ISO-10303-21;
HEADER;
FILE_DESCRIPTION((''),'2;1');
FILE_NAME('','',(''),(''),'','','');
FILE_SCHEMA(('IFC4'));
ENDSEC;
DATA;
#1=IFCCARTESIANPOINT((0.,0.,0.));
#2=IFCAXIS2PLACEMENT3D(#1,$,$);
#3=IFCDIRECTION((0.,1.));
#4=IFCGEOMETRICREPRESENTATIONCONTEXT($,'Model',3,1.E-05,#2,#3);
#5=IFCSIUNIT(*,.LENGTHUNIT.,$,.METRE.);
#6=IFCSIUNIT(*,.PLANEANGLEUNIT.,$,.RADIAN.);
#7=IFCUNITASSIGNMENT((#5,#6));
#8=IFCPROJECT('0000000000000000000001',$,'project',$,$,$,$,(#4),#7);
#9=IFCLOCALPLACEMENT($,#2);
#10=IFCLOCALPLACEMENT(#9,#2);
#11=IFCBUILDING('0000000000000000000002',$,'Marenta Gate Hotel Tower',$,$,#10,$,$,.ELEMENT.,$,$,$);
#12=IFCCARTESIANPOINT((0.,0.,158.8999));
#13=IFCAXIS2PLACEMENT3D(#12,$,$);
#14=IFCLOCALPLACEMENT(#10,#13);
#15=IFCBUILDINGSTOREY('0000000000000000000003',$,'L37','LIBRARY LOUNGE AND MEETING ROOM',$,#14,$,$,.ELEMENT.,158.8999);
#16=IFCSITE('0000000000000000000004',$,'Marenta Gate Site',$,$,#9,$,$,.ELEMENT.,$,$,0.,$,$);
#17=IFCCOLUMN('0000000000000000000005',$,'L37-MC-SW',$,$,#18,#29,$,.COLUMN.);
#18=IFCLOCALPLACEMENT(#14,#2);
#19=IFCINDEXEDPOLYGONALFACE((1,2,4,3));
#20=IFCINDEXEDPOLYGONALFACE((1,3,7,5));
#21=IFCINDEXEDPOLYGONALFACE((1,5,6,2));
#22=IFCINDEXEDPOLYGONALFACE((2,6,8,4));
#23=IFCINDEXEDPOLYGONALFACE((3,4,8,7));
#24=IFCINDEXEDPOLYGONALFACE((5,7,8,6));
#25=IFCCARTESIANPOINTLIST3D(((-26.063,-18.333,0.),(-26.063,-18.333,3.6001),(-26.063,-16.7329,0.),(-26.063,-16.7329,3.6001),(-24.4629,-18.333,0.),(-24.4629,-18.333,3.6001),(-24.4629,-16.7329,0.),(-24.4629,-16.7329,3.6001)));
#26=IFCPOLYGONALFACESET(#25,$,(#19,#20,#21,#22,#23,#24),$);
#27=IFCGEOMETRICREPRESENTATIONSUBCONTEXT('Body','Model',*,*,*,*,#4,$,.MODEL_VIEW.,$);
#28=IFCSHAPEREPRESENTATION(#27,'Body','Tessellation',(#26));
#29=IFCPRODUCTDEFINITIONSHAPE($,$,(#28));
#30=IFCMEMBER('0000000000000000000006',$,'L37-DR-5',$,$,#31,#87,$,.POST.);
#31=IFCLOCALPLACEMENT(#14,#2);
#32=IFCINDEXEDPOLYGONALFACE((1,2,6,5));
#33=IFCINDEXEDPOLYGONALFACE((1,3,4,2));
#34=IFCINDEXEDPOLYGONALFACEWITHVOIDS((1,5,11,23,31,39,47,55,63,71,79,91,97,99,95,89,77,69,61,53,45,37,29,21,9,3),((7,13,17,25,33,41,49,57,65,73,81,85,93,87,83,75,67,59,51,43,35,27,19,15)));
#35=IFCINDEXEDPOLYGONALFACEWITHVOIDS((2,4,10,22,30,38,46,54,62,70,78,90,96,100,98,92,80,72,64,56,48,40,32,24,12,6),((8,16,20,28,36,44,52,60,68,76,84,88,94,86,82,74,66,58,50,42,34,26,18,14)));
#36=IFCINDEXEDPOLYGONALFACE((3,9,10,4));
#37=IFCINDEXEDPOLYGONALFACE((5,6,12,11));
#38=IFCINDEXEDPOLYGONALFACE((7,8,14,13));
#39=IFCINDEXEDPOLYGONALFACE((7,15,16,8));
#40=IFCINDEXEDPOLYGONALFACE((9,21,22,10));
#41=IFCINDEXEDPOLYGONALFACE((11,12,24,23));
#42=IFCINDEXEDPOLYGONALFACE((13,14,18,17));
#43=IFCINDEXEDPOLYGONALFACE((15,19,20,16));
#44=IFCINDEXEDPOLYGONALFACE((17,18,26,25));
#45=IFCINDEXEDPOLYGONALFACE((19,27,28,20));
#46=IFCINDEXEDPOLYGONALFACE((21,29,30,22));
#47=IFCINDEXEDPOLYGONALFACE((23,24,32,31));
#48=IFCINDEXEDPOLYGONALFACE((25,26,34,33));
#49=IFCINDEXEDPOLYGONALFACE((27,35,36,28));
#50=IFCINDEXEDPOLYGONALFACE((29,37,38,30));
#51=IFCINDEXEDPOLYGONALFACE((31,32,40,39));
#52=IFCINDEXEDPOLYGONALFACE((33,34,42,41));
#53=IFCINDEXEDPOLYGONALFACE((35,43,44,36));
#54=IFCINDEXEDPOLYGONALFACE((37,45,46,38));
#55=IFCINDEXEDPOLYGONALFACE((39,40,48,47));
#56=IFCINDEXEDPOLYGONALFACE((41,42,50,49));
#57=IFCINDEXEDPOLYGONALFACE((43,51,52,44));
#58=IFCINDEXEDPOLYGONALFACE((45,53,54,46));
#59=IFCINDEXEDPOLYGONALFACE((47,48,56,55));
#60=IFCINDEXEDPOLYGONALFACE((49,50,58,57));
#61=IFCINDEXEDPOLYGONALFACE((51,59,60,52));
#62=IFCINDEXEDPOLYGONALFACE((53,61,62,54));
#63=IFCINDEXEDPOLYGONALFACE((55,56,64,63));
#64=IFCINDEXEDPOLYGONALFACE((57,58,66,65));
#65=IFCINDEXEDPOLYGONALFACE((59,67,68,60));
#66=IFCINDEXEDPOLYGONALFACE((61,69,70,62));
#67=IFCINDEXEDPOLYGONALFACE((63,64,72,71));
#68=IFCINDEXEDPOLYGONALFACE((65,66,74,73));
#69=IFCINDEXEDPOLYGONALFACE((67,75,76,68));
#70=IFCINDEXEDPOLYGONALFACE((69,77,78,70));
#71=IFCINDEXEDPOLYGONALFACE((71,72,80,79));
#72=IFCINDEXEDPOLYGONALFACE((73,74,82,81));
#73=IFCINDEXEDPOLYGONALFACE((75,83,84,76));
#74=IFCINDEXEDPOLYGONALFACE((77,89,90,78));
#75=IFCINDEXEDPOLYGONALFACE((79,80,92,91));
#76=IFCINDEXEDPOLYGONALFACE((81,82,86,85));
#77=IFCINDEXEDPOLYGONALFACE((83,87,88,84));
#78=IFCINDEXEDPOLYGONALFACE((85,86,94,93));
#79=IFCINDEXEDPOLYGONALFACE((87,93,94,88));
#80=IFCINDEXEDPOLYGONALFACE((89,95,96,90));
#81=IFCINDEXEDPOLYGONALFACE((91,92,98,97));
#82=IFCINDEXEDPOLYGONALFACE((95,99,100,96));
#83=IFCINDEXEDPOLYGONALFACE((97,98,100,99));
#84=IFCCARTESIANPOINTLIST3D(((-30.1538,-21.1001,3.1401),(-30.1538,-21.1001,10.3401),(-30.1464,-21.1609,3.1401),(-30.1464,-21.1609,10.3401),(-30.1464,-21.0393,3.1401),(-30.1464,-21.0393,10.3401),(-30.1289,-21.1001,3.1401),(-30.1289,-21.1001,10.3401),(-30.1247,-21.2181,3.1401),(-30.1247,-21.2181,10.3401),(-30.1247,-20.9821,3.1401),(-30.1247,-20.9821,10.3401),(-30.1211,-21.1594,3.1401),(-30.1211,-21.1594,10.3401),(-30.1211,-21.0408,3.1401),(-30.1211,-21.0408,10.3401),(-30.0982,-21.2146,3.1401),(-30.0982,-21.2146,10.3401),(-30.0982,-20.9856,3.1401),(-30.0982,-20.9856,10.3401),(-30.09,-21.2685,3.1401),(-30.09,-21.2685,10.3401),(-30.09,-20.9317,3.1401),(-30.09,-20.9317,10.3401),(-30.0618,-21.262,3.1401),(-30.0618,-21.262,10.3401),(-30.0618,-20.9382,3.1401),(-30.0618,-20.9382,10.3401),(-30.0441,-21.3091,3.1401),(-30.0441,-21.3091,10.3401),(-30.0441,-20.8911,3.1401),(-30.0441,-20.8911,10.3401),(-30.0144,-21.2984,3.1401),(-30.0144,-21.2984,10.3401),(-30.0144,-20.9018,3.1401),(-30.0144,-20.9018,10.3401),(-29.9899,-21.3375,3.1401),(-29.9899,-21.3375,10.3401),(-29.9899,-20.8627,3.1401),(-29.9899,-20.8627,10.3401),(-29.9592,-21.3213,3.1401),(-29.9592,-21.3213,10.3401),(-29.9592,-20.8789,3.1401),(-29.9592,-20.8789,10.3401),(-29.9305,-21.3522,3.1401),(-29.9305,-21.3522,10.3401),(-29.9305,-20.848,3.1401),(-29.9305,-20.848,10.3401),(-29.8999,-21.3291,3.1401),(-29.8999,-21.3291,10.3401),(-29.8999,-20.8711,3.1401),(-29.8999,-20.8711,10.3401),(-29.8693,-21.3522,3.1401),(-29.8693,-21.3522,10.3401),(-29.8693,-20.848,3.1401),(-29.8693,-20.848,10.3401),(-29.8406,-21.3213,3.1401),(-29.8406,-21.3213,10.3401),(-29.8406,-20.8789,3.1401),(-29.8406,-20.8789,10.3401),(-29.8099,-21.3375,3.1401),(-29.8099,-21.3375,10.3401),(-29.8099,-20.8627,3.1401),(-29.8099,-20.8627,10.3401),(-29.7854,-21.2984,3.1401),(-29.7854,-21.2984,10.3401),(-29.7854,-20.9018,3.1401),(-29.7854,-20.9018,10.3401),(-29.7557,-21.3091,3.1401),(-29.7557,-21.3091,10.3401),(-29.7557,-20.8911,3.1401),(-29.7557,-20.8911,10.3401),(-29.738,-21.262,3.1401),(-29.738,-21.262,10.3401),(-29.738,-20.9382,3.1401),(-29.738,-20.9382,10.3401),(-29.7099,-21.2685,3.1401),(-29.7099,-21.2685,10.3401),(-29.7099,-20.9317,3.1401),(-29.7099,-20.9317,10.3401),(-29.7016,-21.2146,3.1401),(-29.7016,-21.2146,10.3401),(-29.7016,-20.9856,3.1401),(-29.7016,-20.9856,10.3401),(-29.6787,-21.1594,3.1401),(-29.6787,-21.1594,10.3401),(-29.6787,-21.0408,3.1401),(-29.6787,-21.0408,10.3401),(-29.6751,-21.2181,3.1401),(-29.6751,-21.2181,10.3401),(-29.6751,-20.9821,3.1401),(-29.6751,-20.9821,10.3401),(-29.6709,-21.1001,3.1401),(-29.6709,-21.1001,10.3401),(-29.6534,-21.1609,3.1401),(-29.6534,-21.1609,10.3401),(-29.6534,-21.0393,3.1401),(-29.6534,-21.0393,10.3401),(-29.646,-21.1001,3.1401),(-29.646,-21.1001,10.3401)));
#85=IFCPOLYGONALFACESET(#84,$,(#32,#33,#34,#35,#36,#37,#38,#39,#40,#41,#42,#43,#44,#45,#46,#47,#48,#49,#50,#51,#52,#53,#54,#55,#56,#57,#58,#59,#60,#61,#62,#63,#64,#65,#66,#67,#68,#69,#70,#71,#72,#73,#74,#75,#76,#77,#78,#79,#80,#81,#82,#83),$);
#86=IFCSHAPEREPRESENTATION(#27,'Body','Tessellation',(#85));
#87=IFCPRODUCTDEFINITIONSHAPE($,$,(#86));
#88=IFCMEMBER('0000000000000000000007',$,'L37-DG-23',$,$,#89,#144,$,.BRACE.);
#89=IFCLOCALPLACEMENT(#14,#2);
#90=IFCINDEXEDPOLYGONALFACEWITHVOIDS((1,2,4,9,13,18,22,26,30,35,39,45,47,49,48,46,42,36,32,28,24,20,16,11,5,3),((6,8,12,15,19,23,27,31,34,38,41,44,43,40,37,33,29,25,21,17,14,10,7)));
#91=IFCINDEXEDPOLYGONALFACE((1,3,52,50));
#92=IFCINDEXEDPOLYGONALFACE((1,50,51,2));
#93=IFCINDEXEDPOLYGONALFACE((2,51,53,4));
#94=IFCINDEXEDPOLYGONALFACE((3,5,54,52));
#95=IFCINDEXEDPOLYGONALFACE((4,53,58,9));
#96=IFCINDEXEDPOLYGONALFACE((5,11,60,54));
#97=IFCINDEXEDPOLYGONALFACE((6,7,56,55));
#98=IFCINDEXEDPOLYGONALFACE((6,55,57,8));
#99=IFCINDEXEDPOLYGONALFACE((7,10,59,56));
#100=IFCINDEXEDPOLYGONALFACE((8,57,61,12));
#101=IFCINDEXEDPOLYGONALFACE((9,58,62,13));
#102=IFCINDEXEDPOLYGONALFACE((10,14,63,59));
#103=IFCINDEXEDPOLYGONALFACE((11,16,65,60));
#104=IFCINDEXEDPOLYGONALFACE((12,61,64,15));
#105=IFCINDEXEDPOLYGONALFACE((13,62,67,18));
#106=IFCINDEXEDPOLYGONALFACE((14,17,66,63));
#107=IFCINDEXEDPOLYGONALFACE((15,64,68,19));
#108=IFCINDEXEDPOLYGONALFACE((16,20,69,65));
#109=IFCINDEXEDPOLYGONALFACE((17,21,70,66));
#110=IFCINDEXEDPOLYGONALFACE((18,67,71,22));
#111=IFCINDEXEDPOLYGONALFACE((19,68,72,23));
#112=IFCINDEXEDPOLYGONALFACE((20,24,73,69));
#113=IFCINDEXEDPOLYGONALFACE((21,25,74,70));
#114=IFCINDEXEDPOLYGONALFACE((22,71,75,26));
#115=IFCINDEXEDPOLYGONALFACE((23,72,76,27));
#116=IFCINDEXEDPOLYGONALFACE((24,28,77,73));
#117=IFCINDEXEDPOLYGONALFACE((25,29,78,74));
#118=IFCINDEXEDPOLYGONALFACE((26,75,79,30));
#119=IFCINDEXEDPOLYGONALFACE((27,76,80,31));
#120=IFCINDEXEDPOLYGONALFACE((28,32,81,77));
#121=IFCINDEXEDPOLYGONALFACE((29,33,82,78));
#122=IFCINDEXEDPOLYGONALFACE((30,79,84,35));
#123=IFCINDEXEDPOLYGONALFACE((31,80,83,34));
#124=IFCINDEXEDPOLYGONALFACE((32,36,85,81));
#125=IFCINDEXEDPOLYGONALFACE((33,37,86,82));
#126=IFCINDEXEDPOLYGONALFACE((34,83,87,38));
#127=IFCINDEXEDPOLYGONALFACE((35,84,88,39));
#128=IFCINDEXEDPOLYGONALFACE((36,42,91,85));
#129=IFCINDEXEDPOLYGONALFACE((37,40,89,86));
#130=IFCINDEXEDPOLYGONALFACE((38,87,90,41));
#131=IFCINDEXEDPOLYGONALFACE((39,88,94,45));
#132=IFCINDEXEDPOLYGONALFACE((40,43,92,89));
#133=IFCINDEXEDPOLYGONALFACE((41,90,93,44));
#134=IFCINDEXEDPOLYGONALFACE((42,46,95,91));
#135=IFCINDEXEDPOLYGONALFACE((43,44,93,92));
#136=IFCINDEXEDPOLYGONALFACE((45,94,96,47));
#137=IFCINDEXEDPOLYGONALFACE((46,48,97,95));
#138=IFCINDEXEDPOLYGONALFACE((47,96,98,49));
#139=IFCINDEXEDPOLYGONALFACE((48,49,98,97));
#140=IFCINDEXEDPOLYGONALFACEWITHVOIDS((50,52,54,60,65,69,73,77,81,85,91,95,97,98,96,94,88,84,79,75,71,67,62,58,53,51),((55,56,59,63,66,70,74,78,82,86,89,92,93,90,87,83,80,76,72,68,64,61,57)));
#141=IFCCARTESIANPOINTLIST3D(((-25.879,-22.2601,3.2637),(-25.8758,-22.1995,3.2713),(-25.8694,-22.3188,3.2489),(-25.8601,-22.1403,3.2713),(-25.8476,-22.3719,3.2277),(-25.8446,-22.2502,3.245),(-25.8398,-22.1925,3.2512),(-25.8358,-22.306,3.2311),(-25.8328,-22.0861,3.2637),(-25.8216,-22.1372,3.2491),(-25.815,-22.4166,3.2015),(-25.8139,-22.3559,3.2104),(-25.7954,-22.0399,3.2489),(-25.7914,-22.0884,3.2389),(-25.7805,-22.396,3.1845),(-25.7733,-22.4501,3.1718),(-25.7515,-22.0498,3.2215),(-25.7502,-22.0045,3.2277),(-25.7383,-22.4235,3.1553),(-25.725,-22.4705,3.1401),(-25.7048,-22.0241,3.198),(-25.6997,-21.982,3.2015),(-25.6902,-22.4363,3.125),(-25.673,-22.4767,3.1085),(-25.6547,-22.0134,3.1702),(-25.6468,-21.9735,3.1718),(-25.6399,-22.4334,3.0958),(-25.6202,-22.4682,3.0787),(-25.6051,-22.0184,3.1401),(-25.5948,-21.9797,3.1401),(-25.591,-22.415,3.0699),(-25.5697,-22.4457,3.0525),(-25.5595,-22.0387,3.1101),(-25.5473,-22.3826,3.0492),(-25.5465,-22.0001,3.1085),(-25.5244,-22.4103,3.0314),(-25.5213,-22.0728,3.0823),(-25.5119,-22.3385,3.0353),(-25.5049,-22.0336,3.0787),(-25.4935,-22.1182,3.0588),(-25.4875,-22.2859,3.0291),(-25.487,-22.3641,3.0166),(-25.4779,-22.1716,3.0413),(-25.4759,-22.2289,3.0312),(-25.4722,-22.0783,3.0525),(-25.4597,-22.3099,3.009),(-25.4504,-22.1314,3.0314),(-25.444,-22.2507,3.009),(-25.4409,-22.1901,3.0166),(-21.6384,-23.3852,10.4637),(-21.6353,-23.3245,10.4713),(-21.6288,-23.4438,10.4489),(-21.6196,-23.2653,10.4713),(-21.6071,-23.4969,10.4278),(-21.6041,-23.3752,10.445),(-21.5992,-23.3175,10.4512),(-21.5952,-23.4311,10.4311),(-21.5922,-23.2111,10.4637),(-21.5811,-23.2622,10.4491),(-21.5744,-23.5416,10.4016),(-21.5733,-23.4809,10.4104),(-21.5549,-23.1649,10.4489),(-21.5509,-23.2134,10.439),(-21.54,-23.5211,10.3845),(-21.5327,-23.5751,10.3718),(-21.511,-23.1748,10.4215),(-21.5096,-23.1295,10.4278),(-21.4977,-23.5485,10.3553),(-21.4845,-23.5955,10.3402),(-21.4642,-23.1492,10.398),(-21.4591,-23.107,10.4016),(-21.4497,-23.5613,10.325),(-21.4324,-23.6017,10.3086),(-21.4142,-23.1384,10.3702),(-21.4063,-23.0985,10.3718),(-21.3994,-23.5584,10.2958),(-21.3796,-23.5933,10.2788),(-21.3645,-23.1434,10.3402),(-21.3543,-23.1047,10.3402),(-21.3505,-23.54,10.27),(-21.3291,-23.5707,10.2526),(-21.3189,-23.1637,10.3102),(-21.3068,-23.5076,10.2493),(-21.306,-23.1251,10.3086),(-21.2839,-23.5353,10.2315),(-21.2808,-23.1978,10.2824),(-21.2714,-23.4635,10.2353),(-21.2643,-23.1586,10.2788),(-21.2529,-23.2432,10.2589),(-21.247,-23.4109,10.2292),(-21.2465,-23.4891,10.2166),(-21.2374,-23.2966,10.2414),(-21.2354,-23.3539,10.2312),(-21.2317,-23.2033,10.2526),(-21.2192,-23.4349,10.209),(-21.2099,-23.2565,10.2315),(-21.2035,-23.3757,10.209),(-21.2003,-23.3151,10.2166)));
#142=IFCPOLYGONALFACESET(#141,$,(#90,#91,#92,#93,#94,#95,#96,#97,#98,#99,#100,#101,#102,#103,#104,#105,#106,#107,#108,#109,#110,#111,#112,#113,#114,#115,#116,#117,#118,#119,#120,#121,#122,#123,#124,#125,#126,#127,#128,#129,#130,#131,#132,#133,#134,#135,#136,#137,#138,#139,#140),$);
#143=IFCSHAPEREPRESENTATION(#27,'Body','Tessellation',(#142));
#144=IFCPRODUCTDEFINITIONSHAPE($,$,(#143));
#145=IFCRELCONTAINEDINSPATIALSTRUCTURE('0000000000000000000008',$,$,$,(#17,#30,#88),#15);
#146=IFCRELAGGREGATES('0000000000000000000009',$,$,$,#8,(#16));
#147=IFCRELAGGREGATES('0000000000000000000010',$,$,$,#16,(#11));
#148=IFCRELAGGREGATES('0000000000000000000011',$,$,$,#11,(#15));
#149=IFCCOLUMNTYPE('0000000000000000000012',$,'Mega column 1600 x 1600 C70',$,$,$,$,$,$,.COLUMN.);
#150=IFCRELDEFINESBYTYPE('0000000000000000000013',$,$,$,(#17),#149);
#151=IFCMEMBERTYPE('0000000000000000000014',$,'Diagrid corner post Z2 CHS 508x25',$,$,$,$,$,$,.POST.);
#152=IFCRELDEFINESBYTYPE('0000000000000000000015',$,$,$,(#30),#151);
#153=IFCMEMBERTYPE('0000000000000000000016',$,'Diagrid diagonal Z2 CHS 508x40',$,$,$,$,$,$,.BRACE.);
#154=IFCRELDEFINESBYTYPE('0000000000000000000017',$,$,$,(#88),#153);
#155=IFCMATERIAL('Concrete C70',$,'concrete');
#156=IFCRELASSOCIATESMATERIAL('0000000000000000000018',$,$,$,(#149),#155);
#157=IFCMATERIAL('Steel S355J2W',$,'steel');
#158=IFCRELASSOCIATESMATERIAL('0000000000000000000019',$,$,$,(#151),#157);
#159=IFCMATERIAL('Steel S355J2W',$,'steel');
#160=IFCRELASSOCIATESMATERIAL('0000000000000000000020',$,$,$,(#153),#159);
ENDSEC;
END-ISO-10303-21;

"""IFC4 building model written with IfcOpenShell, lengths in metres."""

from ifc_helpers import new_model, si_unit, direction, frame, origin, origin_2d, place, context, subcontext, project, spatial, rectangle, hollow_circle, extrude, material, material_profile, profile_set, type_object, element, save


model = new_model("IFC4")

# Units and contexts
model_context = context("Model", 3, precision=1e-05, world=origin(), true_north=direction((0.0, 1.0)))
body_context = subcontext(model_context, "Body", "Model", "MODEL_VIEW")
ifc_project = project(units=[si_unit("LENGTHUNIT", "METRE"), si_unit("PLANEANGLEUNIT", "RADIAN")], contexts=[model_context])

# Site, building, storey
site_placement = place(None, origin())
site = spatial("IfcSite", under=ifc_project, at=site_placement, Name="Marenta Gate Site", CompositionType="ELEMENT", RefElevation=0.0)
building_placement = place(site_placement, origin())
building = spatial("IfcBuilding", under=site, at=building_placement, Name="Marenta Gate Hotel Tower", CompositionType="ELEMENT")
storey_placement = place(building_placement, frame((0.0, 0.0, 158.8999)))
storey = spatial("IfcBuildingStorey", under=building, at=storey_placement, Name="L37", Description="LIBRARY LOUNGE AND MEETING ROOM", CompositionType="ELEMENT", Elevation=158.8999)

# Column
ifc_material_1 = material(Name="Concrete C70", Category="concrete")
ifc_material_profile_1 = material_profile(ifc_material_1, rectangle(XDim=1.6001, YDim=1.6001, at=origin_2d()), Name="1600 x 1600")
ifc_profile_set_1 = profile_set([ifc_material_profile_1], Name="Concrete C70")
column_type = type_object("IfcColumnType", Name="Mega column 1600 x 1600 C70", PredefinedType="COLUMN", material=ifc_profile_set_1)
column_placement = place(storey_placement, frame((-25.2629, -17.533, 0.0), z_axis=(0.0, 0.0, 1.0), x_axis=(1.0, 0.0, 0.0)))
element("IfcColumn", 1, at=column_placement, inside=storey, type_object=column_type, Name="L37-MC-SW", PredefinedType="COLUMN", context=body_context, shape_type="SweptSolid", body=[
    extrude(rectangle(XDim=1.6001, YDim=1.6001, at=origin_2d()), origin(), (0.0, 0.0, 1.0), 3.6001),
])

# Members
ifc_material_2 = material(Name="Steel S355J2W", Category="steel")
ifc_material_profile_2 = material_profile(ifc_material_2, hollow_circle(Radius=0.2539, WallThickness=0.0249, at=origin_2d()), Name="CHS 508x25")
ifc_profile_set_2 = profile_set([ifc_material_profile_2], Name="Steel S355J2W")
member_type_1 = type_object("IfcMemberType", Name="Diagrid corner post Z2 CHS 508x25", PredefinedType="POST", material=ifc_profile_set_2)
member_1_placement = place(storey_placement, frame((-29.8999, -21.1001, 3.1401), z_axis=(0.0, 0.0, 1.0), x_axis=(1.0, 0.0, 0.0)))
element("IfcMember", 2, at=member_1_placement, inside=storey, type_object=member_type_1, Name="L37-DR-5", PredefinedType="POST", context=body_context, shape_type="SweptSolid", body=[
    extrude(hollow_circle(Radius=0.2539, WallThickness=0.0249, at=origin_2d()), origin(), (0.0, 0.0, 1.0), 7.2),
])
ifc_material_3 = material(Name="Steel S355J2W", Category="steel")
ifc_material_profile_3 = material_profile(ifc_material_3, hollow_circle(Radius=0.2539, WallThickness=0.04, at=origin_2d()), Name="CHS 508x40")
ifc_profile_set_3 = profile_set([ifc_material_profile_3], Name="Steel S355J2W")
member_type_2 = type_object("IfcMemberType", Name="Diagrid diagonal Z2 CHS 508x40", PredefinedType="BRACE", material=ifc_profile_set_3)
member_2_placement = place(storey_placement, frame((-25.6599, -22.2251, 3.1401), z_axis=(0.502946, -0.133432, 0.853956), x_axis=(0.256429, 0.966563, 0.0)))
element("IfcMember", 3, at=member_2_placement, inside=storey, type_object=member_type_2, Name="L37-DG-23", PredefinedType="BRACE", context=body_context, shape_type="SweptSolid", body=[
    extrude(hollow_circle(Radius=0.2539, WallThickness=0.04, at=origin_2d()), origin(), (0.0, 0.0, 1.0), 8.4314),
])

save(model, "model.ifc")
